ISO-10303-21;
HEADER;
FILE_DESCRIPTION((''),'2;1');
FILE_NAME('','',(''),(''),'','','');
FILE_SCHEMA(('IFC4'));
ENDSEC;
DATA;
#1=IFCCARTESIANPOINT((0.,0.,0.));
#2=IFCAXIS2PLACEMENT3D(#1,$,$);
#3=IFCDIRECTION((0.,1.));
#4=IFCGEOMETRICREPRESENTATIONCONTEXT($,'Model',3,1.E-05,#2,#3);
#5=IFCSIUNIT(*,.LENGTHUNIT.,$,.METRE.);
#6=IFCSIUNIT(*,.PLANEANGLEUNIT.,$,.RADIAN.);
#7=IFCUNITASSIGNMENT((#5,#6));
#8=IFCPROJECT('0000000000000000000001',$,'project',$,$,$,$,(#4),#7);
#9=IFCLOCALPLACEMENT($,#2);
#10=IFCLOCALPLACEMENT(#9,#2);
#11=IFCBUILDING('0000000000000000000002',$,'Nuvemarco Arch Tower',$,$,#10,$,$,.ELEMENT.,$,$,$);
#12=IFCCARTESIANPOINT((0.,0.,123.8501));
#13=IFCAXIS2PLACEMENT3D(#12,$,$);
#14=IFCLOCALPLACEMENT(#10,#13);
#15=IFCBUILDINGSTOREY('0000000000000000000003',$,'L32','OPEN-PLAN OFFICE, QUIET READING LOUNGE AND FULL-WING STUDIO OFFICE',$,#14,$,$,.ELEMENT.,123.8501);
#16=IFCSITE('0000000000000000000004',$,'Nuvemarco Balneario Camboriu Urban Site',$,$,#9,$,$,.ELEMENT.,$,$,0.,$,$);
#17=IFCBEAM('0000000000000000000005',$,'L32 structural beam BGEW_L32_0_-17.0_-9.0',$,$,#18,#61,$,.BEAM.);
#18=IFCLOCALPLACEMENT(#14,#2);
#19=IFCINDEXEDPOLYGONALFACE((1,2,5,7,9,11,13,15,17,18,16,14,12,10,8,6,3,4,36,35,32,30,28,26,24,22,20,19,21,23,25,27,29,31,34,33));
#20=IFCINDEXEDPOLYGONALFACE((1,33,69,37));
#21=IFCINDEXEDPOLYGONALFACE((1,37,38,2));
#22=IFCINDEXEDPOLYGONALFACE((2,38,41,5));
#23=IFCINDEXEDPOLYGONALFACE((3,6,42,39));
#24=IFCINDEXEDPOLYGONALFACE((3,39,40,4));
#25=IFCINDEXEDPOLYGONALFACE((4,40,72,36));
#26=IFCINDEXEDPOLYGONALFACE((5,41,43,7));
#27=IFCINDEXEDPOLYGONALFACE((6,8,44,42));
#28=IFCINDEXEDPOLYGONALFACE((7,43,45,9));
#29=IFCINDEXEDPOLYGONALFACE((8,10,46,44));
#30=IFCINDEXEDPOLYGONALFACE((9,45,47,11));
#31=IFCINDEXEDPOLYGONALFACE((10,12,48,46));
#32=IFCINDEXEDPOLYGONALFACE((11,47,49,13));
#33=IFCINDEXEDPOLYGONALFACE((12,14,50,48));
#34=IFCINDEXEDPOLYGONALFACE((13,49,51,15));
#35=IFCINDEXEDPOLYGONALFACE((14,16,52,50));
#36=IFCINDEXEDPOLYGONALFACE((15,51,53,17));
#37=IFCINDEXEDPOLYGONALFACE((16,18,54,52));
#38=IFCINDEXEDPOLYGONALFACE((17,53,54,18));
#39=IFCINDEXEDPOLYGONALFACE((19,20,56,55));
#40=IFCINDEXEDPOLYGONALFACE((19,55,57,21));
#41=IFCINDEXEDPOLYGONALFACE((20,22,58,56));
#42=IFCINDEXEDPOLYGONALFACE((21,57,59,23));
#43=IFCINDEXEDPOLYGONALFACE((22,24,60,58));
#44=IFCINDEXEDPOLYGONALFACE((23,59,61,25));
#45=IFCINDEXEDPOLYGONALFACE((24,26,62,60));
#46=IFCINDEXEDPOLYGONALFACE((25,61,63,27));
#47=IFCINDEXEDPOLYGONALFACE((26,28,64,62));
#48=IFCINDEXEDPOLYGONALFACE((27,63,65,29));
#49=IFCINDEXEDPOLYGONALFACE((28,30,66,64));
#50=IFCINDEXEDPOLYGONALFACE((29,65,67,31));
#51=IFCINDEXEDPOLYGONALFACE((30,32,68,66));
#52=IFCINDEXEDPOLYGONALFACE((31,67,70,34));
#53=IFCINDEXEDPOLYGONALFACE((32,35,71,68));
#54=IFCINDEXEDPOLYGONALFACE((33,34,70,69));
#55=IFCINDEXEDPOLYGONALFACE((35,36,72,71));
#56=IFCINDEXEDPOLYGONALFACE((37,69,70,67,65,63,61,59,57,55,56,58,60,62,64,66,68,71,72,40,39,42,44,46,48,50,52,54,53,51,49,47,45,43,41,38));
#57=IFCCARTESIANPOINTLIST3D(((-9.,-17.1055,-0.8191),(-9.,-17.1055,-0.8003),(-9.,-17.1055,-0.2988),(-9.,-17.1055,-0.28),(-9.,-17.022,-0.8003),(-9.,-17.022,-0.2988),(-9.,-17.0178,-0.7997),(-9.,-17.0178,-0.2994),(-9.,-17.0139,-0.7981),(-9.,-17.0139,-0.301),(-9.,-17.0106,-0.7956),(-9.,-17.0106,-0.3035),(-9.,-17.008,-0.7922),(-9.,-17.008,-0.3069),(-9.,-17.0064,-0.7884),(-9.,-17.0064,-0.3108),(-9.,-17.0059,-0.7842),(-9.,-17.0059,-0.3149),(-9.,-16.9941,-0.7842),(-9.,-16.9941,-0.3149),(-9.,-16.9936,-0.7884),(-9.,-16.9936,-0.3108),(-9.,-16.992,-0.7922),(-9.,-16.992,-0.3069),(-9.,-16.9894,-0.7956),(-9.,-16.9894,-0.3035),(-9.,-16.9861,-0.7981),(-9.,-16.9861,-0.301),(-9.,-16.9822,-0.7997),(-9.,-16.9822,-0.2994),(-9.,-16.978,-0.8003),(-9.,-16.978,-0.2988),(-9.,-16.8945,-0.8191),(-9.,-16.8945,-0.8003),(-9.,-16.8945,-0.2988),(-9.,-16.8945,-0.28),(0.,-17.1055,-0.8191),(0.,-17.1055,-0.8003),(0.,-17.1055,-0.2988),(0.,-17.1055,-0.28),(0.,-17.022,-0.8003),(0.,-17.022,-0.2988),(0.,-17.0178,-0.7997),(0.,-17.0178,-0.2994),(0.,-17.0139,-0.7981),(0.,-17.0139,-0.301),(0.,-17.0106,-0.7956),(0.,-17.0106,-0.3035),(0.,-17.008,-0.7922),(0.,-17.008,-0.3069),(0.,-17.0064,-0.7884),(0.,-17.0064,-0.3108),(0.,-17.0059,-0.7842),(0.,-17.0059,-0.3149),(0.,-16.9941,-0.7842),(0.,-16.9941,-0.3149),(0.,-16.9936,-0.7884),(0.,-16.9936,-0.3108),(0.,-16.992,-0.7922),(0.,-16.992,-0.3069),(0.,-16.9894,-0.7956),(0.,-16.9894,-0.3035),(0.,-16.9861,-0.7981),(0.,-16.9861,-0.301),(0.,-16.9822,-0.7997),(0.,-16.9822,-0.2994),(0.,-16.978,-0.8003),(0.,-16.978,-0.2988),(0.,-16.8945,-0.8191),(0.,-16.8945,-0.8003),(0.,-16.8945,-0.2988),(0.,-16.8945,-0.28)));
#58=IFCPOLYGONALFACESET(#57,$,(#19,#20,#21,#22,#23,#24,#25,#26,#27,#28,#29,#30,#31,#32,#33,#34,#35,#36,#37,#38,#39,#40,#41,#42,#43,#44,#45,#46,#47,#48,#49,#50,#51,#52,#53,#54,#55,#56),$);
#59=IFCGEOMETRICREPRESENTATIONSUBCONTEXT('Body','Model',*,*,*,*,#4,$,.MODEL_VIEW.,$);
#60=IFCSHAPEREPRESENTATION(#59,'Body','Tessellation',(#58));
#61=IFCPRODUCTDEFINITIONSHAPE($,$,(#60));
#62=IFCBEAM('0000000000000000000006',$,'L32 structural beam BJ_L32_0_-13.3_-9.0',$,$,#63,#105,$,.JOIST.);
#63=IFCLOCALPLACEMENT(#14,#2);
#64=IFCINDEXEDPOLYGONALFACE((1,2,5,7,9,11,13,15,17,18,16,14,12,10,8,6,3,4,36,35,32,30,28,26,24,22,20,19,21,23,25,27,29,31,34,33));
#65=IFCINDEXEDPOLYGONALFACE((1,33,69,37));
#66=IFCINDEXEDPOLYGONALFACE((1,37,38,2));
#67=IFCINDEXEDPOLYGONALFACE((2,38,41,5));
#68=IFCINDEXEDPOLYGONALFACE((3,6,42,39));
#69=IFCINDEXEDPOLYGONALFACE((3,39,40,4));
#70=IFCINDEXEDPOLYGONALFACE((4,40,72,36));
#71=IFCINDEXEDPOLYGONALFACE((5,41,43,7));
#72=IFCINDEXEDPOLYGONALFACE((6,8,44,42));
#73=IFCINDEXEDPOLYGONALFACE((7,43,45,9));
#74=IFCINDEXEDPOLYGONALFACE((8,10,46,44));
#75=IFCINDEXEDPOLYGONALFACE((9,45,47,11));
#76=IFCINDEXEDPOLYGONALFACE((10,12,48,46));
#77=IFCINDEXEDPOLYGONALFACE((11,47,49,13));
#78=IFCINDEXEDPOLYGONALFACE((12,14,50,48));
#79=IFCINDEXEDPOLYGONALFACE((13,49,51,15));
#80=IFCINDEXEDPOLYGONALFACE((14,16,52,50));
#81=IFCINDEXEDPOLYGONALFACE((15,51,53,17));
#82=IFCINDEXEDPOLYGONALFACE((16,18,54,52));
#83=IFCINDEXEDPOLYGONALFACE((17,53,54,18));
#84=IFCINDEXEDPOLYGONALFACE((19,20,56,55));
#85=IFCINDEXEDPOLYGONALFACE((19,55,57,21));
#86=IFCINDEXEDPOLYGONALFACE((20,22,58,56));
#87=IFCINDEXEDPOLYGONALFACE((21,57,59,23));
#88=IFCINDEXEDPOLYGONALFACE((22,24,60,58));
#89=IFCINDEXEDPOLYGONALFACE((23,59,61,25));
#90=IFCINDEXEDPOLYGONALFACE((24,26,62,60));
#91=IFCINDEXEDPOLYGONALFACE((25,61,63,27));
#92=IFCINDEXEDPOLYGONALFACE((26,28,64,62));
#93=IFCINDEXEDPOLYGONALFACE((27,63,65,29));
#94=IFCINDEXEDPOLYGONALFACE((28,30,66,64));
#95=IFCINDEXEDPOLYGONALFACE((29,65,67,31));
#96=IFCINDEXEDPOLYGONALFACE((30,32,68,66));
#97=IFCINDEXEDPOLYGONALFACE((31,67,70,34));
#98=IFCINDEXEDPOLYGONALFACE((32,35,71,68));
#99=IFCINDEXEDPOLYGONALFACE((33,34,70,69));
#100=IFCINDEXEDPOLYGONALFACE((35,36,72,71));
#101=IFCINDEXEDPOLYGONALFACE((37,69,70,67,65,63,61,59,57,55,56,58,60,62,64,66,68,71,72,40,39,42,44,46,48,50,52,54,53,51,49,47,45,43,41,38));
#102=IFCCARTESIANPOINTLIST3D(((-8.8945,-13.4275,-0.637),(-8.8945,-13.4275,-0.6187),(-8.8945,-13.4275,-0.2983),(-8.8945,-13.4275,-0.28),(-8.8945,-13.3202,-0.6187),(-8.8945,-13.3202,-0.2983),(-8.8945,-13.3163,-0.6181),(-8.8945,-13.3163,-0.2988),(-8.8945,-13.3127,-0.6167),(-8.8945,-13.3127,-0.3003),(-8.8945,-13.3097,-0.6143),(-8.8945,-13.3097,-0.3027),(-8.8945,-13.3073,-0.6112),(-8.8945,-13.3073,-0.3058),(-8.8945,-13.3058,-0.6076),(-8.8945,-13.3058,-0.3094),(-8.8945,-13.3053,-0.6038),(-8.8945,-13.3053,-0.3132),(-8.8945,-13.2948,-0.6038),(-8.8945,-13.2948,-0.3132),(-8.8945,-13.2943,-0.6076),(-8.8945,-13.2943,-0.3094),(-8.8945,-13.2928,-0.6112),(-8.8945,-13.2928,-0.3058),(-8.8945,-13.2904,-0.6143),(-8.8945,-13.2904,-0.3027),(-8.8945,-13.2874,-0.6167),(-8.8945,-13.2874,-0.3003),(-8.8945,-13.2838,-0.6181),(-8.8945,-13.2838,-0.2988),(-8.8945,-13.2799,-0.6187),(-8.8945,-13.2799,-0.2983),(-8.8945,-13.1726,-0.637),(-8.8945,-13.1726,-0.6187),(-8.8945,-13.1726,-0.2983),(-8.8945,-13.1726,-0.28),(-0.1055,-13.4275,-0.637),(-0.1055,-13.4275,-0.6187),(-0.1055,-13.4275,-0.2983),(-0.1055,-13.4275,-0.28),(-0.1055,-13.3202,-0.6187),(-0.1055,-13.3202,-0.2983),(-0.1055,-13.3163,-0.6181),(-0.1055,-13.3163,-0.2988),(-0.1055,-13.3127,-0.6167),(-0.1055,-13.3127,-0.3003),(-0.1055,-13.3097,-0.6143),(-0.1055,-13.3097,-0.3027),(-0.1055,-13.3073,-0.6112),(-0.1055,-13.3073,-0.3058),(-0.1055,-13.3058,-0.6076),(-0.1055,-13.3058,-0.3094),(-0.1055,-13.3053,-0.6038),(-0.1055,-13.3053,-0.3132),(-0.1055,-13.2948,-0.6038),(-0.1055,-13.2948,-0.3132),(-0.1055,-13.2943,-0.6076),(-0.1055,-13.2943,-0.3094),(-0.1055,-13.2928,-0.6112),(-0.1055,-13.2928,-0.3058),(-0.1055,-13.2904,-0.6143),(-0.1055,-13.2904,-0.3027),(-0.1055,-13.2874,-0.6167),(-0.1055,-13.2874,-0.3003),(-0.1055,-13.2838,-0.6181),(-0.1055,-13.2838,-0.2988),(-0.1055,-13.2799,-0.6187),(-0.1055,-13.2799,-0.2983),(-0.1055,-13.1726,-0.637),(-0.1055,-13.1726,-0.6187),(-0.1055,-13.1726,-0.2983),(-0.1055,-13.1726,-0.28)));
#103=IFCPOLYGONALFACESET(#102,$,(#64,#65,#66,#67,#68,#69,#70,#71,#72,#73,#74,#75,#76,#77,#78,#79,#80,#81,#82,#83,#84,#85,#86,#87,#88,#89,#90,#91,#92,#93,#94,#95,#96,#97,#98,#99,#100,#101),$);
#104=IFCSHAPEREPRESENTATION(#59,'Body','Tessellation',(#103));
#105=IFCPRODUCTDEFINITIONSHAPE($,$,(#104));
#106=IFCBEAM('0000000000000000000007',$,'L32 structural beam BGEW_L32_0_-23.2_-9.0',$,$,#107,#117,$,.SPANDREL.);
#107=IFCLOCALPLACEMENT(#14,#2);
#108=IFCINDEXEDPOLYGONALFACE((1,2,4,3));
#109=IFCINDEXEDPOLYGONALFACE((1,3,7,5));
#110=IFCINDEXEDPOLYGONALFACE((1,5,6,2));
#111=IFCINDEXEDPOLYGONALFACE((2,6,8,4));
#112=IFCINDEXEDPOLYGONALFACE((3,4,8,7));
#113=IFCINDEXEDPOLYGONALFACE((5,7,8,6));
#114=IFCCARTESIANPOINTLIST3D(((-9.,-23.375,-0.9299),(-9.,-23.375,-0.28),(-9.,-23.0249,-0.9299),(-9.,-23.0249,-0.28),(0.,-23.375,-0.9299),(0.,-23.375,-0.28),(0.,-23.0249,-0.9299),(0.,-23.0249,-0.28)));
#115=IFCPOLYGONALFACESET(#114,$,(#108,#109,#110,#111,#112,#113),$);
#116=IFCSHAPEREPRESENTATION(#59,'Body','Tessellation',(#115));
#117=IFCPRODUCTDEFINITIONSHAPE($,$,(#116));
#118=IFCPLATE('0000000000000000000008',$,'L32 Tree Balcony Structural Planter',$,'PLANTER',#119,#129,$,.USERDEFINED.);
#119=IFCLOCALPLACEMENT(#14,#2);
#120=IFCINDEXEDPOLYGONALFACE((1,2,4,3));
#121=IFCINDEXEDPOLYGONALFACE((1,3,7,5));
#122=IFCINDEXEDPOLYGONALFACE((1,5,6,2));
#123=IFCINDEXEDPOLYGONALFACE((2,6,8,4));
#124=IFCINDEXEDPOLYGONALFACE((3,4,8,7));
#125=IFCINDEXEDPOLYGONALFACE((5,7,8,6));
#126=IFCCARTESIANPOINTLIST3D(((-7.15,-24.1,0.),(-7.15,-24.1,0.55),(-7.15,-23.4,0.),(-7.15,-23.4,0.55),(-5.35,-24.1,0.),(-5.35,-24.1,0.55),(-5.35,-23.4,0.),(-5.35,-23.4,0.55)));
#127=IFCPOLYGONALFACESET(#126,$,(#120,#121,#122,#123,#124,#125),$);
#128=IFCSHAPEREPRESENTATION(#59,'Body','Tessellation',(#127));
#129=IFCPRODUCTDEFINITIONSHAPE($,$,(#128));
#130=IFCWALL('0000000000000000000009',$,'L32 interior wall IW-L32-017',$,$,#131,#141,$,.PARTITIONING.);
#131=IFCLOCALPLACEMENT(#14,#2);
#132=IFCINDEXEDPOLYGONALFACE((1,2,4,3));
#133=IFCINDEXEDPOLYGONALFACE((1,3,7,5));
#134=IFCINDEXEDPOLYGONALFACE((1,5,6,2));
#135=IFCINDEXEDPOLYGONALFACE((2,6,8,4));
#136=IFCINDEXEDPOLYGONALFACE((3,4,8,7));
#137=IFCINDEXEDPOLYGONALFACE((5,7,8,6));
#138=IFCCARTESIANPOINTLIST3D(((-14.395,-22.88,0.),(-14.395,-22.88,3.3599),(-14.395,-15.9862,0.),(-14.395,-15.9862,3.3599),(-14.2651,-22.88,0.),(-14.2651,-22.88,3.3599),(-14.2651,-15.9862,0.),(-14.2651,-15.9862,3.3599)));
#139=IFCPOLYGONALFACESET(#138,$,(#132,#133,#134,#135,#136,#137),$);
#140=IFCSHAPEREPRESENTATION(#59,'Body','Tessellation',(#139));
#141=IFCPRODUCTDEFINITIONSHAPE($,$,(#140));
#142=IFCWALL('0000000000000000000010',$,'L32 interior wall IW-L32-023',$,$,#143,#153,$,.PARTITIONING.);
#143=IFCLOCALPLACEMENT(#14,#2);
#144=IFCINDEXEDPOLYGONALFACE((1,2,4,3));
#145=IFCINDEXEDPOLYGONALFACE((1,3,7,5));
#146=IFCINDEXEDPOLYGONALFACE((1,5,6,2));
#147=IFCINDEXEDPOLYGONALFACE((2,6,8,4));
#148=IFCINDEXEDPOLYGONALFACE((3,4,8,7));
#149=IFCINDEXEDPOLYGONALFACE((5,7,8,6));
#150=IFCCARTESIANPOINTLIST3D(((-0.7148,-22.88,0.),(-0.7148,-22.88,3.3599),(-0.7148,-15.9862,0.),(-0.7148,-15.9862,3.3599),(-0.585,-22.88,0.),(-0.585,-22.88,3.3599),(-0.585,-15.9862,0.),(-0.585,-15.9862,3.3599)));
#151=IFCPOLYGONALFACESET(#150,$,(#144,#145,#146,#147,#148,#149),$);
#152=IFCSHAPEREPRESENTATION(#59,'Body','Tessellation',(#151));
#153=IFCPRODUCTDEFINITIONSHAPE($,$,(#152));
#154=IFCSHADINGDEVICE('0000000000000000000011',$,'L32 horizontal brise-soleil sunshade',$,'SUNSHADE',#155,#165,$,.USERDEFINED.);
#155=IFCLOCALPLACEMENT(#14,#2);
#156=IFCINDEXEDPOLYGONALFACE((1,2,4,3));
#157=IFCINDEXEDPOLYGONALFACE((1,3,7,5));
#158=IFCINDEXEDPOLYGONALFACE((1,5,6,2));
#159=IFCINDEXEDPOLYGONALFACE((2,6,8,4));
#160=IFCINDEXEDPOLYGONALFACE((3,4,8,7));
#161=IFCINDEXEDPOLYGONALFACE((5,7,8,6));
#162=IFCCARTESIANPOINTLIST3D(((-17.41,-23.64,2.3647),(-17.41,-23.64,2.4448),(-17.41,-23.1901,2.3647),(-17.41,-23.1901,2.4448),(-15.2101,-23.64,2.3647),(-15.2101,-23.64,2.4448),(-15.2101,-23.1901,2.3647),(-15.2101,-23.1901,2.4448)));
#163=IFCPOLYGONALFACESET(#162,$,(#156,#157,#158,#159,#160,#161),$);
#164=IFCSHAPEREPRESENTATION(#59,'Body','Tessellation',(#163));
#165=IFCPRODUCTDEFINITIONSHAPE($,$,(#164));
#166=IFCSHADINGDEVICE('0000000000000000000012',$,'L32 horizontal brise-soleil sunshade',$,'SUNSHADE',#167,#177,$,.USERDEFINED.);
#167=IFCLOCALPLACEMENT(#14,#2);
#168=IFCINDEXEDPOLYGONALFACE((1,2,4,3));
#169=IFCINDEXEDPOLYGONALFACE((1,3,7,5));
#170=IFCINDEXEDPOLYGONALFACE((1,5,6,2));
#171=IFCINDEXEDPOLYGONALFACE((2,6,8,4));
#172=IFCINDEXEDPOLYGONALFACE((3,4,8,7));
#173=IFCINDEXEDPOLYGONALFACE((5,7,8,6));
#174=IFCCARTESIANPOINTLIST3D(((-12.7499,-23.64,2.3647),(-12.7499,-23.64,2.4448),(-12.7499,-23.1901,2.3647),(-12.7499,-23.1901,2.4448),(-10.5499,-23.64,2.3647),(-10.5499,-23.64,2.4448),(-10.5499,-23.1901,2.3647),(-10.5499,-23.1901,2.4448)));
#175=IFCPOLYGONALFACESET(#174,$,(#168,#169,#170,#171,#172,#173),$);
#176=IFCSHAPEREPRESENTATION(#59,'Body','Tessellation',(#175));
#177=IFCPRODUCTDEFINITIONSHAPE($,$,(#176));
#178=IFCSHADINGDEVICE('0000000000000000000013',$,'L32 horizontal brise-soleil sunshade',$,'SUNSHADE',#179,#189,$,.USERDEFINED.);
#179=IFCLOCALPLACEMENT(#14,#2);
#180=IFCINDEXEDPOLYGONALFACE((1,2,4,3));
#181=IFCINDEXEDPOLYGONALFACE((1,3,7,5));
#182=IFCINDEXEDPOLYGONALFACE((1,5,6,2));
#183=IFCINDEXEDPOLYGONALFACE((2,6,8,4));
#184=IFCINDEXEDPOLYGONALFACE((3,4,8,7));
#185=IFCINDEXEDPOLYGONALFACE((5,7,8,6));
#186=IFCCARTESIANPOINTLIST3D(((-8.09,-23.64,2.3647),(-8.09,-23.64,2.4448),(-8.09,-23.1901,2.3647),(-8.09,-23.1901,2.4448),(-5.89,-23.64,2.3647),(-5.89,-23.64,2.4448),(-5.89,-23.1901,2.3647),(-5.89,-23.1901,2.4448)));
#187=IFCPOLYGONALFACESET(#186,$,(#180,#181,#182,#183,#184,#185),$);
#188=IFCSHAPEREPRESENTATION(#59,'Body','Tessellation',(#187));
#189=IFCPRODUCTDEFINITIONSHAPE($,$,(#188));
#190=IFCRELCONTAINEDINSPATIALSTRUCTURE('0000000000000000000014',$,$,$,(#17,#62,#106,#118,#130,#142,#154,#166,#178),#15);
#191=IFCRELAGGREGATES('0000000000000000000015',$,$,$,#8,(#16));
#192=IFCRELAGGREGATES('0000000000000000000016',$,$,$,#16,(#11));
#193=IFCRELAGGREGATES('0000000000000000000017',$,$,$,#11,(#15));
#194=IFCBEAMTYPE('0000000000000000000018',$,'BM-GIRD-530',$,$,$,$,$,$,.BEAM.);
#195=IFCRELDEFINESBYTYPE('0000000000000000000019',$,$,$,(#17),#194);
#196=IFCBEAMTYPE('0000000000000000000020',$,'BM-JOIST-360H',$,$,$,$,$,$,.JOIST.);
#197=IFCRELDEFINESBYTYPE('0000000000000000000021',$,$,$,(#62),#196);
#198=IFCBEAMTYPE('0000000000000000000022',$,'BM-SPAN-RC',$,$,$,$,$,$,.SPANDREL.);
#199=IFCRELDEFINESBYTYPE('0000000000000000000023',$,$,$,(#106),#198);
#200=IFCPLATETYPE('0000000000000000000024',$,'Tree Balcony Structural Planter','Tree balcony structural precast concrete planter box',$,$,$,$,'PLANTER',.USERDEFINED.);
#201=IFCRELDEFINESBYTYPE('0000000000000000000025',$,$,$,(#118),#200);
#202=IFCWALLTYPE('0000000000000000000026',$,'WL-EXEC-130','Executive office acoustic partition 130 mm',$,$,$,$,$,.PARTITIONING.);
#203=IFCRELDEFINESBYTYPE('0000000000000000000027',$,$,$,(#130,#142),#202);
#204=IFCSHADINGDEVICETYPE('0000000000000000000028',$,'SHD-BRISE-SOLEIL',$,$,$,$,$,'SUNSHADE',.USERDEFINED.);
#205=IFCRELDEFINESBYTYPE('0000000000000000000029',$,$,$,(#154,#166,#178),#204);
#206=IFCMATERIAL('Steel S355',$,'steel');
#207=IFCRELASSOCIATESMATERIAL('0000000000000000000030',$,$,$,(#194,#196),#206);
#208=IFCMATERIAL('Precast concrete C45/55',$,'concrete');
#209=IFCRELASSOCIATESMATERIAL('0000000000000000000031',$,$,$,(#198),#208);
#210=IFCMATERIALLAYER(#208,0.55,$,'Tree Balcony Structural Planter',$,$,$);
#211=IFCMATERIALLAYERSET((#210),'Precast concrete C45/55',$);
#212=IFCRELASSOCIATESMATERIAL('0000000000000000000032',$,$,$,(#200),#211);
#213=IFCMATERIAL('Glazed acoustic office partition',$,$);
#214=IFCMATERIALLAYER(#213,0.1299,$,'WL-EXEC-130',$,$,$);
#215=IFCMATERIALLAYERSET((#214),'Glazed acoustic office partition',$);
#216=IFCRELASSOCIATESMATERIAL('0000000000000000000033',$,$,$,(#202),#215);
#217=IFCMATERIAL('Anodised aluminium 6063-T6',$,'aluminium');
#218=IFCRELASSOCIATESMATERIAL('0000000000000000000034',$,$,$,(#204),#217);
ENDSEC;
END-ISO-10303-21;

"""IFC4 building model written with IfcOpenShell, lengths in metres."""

from ifc_helpers import new_model, si_unit, direction, frame, frame_2d, origin, origin_2d, place, context, subcontext, project, spatial, rectangle, i_section, extrude, source, transform, mapped, material, layer, layer_set, material_profile, profile_set, type_object, type_shapes, element, save


model = new_model("IFC4")

# Units and contexts
model_context = context("Model", 3, precision=1e-05, world=origin(), true_north=direction((0.0, 1.0)))
body_context = subcontext(model_context, "Body", "Model", "MODEL_VIEW")
ifc_project = project(units=[si_unit("LENGTHUNIT", "METRE"), si_unit("PLANEANGLEUNIT", "RADIAN")], contexts=[model_context])

# Site, building, storey
site_placement = place(None, origin())
site = spatial("IfcSite", under=ifc_project, at=site_placement, Name="Nuvemarco Balneario Camboriu Urban Site", CompositionType="ELEMENT", RefElevation=0.0)
building_placement = place(site_placement, origin())
building = spatial("IfcBuilding", under=site, at=building_placement, Name="Nuvemarco Arch Tower", CompositionType="ELEMENT")
storey_placement = place(building_placement, frame((0.0, 0.0, 123.8501)))
storey = spatial("IfcBuildingStorey", under=building, at=storey_placement, Name="L32", Description="OPEN-PLAN OFFICE, QUIET READING LOUNGE AND FULL-WING STUDIO OFFICE", CompositionType="ELEMENT", Elevation=123.8501)

# Shared definitions
ifc_material_1 = material(Name="Steel S355", Category="steel")

# Beams
ifc_material_profile_1 = material_profile(ifc_material_1, i_section(OverallWidth=0.2109, OverallDepth=0.5391, WebThickness=0.0117, FlangeThickness=0.0188, FilletRadius=0.0161, at=origin_2d()), Name="W530x109")
ifc_profile_set_1 = profile_set([ifc_material_profile_1], Name="Steel S355")
beam_type_1 = type_object("IfcBeamType", Name="BM-GIRD-530", PredefinedType="BEAM", material=ifc_profile_set_1)
beam_1_placement = place(storey_placement, frame((-9.0, -17.0, -0.5496), z_axis=(1.0, 0.0, 0.0), x_axis=(0.0, 1.0, 0.0)))
element("IfcBeam", 1, at=beam_1_placement, inside=storey, type_object=beam_type_1, Name="L32 structural beam BGEW_L32_0_-17.0_-9.0", PredefinedType="BEAM", context=body_context, shape_type="SweptSolid", body=[
    extrude(i_section(OverallWidth=0.2109, OverallDepth=0.5391, WebThickness=0.0117, FlangeThickness=0.0188, FilletRadius=0.0161, at=origin_2d()), origin(), (0.0, 0.0, 1.0), 9.0),
])
ifc_material_profile_2 = material_profile(ifc_material_1, i_section(OverallWidth=0.2549, OverallDepth=0.3569, WebThickness=0.0105, FlangeThickness=0.0183, FilletRadius=0.0149, at=origin_2d()), Name="W360x101")
ifc_profile_set_2 = profile_set([ifc_material_profile_2], Name="Steel S355")
beam_type_2 = type_object("IfcBeamType", Name="BM-JOIST-360H", PredefinedType="JOIST", material=ifc_profile_set_2)
beam_2_placement = place(storey_placement, frame((-8.8945, -13.3, -0.4585), z_axis=(1.0, 0.0, 0.0), x_axis=(0.0, 1.0, 0.0)))
element("IfcBeam", 2, at=beam_2_placement, inside=storey, type_object=beam_type_2, Name="L32 structural beam BJ_L32_0_-13.3_-9.0", PredefinedType="JOIST", context=body_context, shape_type="SweptSolid", body=[
    extrude(i_section(OverallWidth=0.2549, OverallDepth=0.3569, WebThickness=0.0105, FlangeThickness=0.0183, FilletRadius=0.0149, at=origin_2d()), origin(), (0.0, 0.0, 1.0), 8.7891),
])
ifc_material_2 = material(Name="Precast concrete C45/55", Category="concrete")
ifc_material_profile_3 = material_profile(ifc_material_2, rectangle(XDim=0.3501, YDim=0.6499, at=origin_2d()), Name="PC-SP-350x650")
ifc_profile_set_3 = profile_set([ifc_material_profile_3], Name="Precast concrete C45/55")
beam_type_3 = type_object("IfcBeamType", Name="BM-SPAN-RC", PredefinedType="SPANDREL", material=ifc_profile_set_3)
beam_3_placement = place(storey_placement, frame((-9.0, -23.2, -0.605), z_axis=(1.0, 0.0, 0.0), x_axis=(0.0, 1.0, 0.0)))
element("IfcBeam", 3, at=beam_3_placement, inside=storey, type_object=beam_type_3, Name="L32 structural beam BGEW_L32_0_-23.2_-9.0", PredefinedType="SPANDREL", context=body_context, shape_type="SweptSolid", body=[
    extrude(rectangle(XDim=0.3501, YDim=0.6499, at=origin_2d()), origin(), (0.0, 0.0, 1.0), 9.0),
])

# Plate
ifc_layer_1 = layer(ifc_material_2, 0.55, Name="Tree Balcony Structural Planter")
ifc_layer_set_1 = layer_set([ifc_layer_1], Name="Precast concrete C45/55")
plate_type = type_object("IfcPlateType", Name="Tree Balcony Structural Planter", Description="Tree balcony structural precast concrete planter box", ElementType="PLANTER", PredefinedType="USERDEFINED", material=ifc_layer_set_1)
shared_shape_1 = source(origin(), body_context, "Body", "SweptSolid", [
    extrude(rectangle(XDim=1.8, YDim=0.7, at=origin_2d()), origin(), (0.0, 0.0, 1.0), 0.55),
])
type_shapes(plate_type, [shared_shape_1])
plate_placement = place(storey_placement, frame((-6.25, -23.75, 0.0), z_axis=(0.0, 0.0, 1.0), x_axis=(1.0, 0.0, 0.0)))
element("IfcPlate", 4, at=plate_placement, inside=storey, type_object=plate_type, Name="L32 Tree Balcony Structural Planter", ObjectType="PLANTER", PredefinedType="USERDEFINED", context=body_context, shape_type="MappedRepresentation", body=[
    mapped(shared_shape_1, transform((0.0, 0.0, 0.0), scale=1.0)),
])

# Walls
ifc_material_3 = material(Name="Glazed acoustic office partition")
ifc_layer_2 = layer(ifc_material_3, 0.1299, Name="WL-EXEC-130")
ifc_layer_set_2 = layer_set([ifc_layer_2], Name="Glazed acoustic office partition")
wall_type = type_object("IfcWallType", Name="WL-EXEC-130", Description="Executive office acoustic partition 130 mm", PredefinedType="PARTITIONING", material=ifc_layer_set_2)
for number, where, z_axis, x_axis, name in (
    (5, (-14.3301, -22.8799, 0.0), (0.0, 0.0, 1.0), (0.0, 1.0, 0.0), "L32 interior wall IW-L32-017"),
    (6, (-0.6499, -22.8799, 0.0), (0.0, 0.0, 1.0), (0.0, 1.0, 0.0), "L32 interior wall IW-L32-023"),
):
    element("IfcWall", number, at=place(storey_placement, frame(where, z_axis=z_axis, x_axis=x_axis)), inside=storey, type_object=wall_type, Name=name, PredefinedType="PARTITIONING", context=body_context, shape_type="SweptSolid", body=[
        extrude(rectangle(XDim=6.8938, YDim=0.1299, at=frame_2d((3.4468, 0.0))), origin(), (0.0, 0.0, 1.0), 3.3599),
    ])

# Shading devices
ifc_material_4 = material(Name="Anodised aluminium 6063-T6", Category="aluminium")
shading_device_type = type_object("IfcShadingDeviceType", Name="SHD-BRISE-SOLEIL", ElementType="SUNSHADE", PredefinedType="USERDEFINED", material=ifc_material_4)
shared_shape_2 = source(origin(), body_context, "Body", "SweptSolid", [
    extrude(rectangle(XDim=2.2, YDim=0.45, at=origin_2d()), origin(), (0.0, 0.0, 1.0), 0.0801),
])
type_shapes(shading_device_type, [shared_shape_2])
for number, where, z_axis, x_axis, name in (
    (7, (-16.3101, -23.415, 2.3647), (0.0, 0.0, 1.0), (1.0, 0.0, 0.0), "L32 horizontal brise-soleil sunshade"),
    (8, (-11.6499, -23.415, 2.3647), (0.0, 0.0, 1.0), (1.0, 0.0, 0.0), "L32 horizontal brise-soleil sunshade"),
    (9, (-6.99, -23.415, 2.3647), (0.0, 0.0, 1.0), (1.0, 0.0, 0.0), "L32 horizontal brise-soleil sunshade"),
):
    element("IfcShadingDevice", number, at=place(storey_placement, frame(where, z_axis=z_axis, x_axis=x_axis)), inside=storey, type_object=shading_device_type, Name=name, ObjectType="SUNSHADE", PredefinedType="USERDEFINED", context=body_context, shape_type="MappedRepresentation", body=[
        mapped(shared_shape_2, transform((0.0, 0.0, 0.0), scale=1.0)),
    ])

save(model, "model.ifc")
